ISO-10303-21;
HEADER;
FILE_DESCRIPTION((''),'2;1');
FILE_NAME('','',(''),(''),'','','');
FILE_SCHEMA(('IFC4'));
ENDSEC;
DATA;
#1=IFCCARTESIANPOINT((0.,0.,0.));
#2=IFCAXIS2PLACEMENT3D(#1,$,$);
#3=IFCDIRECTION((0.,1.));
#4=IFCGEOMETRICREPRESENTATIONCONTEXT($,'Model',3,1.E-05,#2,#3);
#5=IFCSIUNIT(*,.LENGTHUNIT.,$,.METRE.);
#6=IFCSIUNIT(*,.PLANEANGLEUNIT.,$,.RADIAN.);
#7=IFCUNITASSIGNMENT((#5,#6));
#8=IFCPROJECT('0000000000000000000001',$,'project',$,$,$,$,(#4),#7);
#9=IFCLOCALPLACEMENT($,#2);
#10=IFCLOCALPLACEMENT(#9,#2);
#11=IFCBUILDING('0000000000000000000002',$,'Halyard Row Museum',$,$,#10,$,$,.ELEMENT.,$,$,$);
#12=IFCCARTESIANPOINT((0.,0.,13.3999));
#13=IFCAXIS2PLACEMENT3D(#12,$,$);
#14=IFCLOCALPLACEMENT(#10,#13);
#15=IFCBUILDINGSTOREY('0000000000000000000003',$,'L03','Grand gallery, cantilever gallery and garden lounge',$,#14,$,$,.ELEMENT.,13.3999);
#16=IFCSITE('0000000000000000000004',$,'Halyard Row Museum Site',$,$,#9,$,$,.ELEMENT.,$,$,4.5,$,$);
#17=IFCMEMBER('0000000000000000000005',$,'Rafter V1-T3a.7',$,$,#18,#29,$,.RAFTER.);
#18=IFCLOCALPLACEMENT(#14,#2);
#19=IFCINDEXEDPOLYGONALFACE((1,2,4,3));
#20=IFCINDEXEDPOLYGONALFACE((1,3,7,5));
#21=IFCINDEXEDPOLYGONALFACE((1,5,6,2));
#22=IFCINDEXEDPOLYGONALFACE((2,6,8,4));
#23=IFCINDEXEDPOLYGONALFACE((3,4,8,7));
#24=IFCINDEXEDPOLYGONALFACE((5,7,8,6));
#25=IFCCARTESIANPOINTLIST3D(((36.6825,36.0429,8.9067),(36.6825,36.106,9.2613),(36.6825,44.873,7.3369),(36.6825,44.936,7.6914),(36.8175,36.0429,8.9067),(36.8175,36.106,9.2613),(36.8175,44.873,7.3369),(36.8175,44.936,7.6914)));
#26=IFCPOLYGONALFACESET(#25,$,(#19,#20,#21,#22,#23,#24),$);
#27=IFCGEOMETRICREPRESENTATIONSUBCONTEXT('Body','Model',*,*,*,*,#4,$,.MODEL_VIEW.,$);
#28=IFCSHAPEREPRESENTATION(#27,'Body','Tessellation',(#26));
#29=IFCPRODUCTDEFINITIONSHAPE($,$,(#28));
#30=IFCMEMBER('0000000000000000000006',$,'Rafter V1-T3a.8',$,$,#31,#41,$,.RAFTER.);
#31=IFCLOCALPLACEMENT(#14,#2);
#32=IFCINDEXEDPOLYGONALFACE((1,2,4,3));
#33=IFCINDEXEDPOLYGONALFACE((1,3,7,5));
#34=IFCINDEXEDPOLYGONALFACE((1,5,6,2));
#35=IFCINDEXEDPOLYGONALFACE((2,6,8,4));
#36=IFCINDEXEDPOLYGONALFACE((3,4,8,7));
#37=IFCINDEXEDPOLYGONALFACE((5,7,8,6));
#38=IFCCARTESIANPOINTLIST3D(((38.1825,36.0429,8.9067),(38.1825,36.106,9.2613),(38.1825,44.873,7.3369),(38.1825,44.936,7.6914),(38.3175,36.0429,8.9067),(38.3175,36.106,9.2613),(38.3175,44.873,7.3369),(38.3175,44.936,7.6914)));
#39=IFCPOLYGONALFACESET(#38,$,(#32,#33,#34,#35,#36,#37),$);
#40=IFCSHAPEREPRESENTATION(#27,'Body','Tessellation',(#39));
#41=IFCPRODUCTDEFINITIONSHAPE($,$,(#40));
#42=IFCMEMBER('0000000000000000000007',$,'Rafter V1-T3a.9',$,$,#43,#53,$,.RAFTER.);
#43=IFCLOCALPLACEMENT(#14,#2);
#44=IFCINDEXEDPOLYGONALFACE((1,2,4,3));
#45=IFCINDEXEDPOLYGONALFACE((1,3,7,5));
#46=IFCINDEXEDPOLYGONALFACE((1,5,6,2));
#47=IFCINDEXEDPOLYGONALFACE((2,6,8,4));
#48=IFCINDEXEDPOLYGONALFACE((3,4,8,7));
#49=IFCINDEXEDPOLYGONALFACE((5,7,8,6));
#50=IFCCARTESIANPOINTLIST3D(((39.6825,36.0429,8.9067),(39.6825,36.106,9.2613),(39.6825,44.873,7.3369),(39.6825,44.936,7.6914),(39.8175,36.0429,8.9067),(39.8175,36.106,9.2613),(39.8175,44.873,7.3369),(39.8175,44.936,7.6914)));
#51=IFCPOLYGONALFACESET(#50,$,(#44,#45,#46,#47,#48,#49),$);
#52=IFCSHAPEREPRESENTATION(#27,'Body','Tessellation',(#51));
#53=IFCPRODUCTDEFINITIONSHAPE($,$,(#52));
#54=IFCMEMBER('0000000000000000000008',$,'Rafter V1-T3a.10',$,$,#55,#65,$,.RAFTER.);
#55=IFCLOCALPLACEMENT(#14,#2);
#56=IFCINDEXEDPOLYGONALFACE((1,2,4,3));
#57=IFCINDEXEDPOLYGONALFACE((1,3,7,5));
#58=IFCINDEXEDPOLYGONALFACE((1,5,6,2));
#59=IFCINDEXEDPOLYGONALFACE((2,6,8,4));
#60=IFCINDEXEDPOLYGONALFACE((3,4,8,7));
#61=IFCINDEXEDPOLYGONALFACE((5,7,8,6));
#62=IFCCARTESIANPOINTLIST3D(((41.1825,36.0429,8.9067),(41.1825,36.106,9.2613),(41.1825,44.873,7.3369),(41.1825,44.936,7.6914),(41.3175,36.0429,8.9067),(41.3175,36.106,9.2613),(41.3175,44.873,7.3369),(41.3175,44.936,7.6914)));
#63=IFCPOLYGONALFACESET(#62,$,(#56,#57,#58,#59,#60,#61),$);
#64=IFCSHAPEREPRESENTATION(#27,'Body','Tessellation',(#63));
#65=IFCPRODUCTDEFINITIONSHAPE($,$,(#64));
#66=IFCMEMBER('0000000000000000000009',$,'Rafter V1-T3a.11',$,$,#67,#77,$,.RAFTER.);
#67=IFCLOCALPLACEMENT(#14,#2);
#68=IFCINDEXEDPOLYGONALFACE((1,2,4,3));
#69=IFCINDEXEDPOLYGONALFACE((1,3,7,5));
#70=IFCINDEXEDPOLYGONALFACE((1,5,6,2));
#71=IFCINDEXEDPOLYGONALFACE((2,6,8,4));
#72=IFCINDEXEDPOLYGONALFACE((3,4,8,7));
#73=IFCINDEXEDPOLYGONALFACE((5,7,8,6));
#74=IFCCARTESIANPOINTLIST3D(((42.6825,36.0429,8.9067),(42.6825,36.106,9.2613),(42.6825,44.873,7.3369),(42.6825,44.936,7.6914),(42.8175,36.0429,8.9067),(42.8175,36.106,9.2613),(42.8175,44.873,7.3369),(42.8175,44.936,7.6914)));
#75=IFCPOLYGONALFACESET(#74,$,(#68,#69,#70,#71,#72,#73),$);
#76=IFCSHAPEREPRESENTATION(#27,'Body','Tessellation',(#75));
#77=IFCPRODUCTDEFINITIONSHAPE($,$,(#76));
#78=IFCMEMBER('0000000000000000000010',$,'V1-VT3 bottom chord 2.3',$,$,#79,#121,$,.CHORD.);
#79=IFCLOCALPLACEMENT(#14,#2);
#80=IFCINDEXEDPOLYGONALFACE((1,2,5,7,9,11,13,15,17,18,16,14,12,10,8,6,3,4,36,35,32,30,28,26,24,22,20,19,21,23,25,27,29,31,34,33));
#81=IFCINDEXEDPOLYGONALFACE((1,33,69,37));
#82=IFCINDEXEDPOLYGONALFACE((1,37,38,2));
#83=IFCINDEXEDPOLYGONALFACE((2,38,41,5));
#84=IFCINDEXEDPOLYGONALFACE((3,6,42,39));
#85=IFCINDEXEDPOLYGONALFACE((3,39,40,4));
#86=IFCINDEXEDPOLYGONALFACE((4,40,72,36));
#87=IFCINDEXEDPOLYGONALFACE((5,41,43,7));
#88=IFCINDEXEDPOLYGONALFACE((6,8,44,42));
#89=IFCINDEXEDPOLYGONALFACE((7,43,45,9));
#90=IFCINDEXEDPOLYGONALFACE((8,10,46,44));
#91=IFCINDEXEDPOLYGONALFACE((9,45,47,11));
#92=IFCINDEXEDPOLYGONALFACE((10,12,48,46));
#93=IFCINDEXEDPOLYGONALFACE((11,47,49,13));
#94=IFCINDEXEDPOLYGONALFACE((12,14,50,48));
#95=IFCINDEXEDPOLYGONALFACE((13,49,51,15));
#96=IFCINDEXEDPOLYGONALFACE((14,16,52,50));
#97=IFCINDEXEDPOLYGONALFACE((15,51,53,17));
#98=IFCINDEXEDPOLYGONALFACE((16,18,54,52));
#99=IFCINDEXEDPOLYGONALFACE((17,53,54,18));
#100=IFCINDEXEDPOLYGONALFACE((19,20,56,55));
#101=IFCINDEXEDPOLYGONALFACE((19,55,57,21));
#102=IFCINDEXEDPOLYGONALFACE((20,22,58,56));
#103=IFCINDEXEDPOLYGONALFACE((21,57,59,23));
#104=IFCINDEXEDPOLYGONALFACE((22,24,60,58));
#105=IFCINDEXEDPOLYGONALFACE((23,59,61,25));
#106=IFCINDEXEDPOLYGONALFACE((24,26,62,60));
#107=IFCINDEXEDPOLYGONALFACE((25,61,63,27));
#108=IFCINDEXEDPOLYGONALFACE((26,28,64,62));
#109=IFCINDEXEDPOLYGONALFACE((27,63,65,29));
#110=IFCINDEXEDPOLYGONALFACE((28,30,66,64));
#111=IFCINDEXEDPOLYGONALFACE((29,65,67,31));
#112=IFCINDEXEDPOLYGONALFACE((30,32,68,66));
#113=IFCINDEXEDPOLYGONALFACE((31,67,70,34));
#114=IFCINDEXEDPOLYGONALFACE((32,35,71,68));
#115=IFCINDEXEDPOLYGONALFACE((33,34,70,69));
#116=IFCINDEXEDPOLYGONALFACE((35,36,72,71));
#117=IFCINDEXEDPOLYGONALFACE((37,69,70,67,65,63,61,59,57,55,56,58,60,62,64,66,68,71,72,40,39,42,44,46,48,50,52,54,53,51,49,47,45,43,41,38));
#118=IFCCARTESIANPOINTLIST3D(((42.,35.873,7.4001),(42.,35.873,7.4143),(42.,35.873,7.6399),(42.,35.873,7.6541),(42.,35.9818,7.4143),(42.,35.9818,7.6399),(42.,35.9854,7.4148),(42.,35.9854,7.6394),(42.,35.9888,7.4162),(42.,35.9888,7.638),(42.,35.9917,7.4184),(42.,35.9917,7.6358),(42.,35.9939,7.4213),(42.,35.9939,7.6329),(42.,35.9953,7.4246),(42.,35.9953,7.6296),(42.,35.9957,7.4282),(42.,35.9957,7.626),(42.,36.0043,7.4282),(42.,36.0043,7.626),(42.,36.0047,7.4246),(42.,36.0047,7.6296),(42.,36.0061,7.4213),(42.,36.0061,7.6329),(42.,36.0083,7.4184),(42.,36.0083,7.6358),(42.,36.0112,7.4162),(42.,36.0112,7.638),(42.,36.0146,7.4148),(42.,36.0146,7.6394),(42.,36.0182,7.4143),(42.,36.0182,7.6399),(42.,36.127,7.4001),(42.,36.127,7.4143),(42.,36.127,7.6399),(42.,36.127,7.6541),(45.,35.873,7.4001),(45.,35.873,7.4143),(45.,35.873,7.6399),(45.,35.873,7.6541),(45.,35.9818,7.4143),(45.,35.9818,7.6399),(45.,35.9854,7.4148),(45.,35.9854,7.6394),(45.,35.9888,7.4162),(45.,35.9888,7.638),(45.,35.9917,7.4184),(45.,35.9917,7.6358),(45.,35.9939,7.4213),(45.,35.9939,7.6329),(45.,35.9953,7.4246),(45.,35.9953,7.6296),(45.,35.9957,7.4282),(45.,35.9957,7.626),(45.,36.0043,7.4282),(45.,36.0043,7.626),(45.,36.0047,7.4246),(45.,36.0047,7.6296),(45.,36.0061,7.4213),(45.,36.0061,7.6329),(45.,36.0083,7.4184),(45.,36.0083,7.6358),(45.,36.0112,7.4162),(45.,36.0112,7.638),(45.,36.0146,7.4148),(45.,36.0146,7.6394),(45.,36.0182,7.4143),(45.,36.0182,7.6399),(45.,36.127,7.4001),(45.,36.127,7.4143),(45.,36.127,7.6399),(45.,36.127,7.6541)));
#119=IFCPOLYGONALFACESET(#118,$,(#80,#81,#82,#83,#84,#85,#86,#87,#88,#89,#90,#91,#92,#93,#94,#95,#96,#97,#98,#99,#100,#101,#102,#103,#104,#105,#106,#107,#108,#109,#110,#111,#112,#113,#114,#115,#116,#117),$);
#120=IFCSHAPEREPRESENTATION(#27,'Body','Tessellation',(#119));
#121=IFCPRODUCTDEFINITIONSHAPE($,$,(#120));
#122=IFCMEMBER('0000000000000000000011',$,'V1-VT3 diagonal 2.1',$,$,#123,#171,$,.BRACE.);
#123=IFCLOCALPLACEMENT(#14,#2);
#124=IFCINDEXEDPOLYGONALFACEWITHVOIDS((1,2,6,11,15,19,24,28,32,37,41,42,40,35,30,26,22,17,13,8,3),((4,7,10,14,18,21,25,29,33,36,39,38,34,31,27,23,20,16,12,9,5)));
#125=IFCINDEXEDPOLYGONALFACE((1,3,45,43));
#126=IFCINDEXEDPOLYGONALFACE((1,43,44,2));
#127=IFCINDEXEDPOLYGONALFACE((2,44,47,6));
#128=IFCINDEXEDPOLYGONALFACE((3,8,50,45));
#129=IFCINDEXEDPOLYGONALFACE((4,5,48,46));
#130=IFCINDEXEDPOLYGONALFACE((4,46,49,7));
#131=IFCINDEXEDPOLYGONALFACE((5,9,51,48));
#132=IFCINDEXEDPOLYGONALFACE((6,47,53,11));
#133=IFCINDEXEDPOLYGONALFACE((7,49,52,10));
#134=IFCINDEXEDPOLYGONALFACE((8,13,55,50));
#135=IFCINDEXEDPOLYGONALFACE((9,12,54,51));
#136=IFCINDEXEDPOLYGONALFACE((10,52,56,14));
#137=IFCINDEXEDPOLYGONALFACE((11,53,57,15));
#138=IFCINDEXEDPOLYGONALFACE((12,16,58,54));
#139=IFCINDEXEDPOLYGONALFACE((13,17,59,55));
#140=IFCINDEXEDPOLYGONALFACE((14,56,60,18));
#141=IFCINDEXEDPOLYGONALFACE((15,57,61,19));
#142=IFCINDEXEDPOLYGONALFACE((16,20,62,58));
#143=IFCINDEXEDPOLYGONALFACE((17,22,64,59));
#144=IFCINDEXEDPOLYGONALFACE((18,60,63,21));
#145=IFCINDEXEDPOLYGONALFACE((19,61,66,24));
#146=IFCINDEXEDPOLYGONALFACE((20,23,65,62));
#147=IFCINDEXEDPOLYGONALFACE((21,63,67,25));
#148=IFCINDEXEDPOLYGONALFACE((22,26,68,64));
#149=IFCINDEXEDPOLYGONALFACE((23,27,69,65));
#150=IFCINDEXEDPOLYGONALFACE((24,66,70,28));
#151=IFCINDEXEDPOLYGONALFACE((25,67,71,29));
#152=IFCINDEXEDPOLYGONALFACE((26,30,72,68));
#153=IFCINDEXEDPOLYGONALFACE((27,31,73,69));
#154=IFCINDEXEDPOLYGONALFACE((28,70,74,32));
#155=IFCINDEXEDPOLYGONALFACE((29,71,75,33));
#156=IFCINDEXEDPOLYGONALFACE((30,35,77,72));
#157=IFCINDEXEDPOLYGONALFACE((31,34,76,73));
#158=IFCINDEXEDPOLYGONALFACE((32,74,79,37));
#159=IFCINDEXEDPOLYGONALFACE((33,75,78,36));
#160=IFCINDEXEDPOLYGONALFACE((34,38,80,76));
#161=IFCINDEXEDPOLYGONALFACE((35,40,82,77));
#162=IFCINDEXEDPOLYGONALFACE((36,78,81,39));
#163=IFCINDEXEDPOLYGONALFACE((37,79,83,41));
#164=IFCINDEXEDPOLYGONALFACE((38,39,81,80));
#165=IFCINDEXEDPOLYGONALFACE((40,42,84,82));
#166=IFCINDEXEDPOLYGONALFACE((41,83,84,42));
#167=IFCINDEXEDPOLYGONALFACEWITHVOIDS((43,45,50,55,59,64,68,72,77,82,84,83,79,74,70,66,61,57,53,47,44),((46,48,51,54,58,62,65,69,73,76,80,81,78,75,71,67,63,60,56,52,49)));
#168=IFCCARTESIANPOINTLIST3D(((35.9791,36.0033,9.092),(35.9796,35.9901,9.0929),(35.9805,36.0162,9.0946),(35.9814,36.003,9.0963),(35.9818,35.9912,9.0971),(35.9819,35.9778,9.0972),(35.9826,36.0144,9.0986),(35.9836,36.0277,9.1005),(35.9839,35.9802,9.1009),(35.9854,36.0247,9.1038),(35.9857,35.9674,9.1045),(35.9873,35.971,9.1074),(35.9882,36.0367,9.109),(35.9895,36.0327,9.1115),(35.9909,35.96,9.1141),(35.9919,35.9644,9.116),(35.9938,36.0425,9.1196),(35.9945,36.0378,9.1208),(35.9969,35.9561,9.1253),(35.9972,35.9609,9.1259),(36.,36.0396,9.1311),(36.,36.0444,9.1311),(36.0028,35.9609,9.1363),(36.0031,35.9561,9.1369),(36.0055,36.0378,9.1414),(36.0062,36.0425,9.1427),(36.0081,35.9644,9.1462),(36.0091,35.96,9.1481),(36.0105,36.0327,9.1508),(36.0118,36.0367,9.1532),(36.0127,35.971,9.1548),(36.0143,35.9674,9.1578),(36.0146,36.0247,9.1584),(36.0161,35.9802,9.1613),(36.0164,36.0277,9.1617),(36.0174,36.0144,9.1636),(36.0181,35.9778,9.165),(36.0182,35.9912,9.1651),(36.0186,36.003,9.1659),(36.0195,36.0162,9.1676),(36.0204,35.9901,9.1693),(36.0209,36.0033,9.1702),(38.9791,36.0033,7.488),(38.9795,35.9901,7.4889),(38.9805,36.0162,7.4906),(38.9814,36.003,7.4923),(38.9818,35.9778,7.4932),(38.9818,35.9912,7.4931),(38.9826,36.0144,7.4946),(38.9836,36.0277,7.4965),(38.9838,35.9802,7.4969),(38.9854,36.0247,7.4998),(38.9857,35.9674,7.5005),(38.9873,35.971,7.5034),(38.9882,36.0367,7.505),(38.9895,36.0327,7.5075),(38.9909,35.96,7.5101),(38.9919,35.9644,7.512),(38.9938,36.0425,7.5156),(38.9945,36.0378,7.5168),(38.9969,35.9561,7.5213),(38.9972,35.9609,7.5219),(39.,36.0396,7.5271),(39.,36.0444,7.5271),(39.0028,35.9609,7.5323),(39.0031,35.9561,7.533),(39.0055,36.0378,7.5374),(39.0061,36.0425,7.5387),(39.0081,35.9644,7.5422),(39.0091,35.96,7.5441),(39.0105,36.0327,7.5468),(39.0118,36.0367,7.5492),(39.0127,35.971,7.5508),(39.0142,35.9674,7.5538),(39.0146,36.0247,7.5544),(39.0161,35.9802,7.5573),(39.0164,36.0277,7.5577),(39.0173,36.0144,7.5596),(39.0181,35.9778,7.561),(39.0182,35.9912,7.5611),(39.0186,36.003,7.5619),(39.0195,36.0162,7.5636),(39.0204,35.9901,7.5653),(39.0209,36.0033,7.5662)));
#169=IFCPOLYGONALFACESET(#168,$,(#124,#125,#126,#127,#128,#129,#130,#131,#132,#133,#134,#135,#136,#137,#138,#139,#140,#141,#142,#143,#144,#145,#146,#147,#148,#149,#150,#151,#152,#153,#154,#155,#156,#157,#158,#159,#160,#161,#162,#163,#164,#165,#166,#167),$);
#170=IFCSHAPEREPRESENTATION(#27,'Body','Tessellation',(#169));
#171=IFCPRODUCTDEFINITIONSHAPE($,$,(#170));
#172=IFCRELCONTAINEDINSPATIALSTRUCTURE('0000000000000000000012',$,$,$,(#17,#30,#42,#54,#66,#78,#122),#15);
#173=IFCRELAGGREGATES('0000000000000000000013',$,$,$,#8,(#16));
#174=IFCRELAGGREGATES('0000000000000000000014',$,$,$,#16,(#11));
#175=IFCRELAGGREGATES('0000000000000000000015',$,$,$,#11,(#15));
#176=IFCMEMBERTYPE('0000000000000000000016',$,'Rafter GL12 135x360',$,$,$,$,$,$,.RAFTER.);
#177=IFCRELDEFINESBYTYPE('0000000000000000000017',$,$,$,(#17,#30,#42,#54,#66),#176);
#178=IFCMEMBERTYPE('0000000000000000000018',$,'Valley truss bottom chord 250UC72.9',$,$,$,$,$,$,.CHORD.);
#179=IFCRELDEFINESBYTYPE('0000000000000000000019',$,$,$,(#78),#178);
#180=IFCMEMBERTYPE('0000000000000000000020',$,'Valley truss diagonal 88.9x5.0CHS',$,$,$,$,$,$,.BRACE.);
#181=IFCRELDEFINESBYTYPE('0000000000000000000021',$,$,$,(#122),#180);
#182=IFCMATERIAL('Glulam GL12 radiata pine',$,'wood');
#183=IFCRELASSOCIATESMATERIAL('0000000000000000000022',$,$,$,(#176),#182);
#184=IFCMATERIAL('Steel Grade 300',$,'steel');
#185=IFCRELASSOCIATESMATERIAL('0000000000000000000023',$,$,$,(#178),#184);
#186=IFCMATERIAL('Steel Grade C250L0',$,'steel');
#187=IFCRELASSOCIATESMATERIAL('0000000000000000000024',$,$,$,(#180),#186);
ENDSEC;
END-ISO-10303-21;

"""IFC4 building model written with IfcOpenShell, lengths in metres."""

from ifc_helpers import new_model, si_unit, direction, frame, origin, origin_2d, place, context, subcontext, project, spatial, rectangle, hollow_circle, i_section, extrude, material, material_profile, profile_set, type_object, element, save


model = new_model("IFC4")

# Units and contexts
model_context = context("Model", 3, precision=1e-05, world=origin(), true_north=direction((0.0, 1.0)))
body_context = subcontext(model_context, "Body", "Model", "MODEL_VIEW")
ifc_project = project(units=[si_unit("LENGTHUNIT", "METRE"), si_unit("PLANEANGLEUNIT", "RADIAN")], contexts=[model_context])

# Site, building, storey
site_placement = place(None, origin())
site = spatial("IfcSite", under=ifc_project, at=site_placement, Name="Halyard Row Museum Site", CompositionType="ELEMENT", RefElevation=4.5)
building_placement = place(site_placement, origin())
building = spatial("IfcBuilding", under=site, at=building_placement, Name="Halyard Row Museum", CompositionType="ELEMENT")
storey_placement = place(building_placement, frame((0.0, 0.0, 13.3999)))
storey = spatial("IfcBuildingStorey", under=building, at=storey_placement, Name="L03", Description="Grand gallery, cantilever gallery and garden lounge", CompositionType="ELEMENT", Elevation=13.3999)

# Members
ifc_material_1 = material(Name="Glulam GL12 radiata pine", Category="wood")
ifc_material_profile_1 = material_profile(ifc_material_1, rectangle(XDim=0.135, YDim=0.3601, at=origin_2d()), Name="GL12 135x360")
ifc_profile_set_1 = profile_set([ifc_material_profile_1], Name="Glulam GL12 radiata pine")
member_type_1 = type_object("IfcMemberType", Name="Rafter GL12 135x360", PredefinedType="RAFTER", material=ifc_profile_set_1)
for number, where, z_axis, x_axis, name in (
    (1, (36.75, 36.0745, 9.084), (0.0, 0.984562, -0.175037), (-1.0, 0.0, 0.0), "Rafter V1-T3a.7"),
    (2, (38.25, 36.0745, 9.084), (0.0, 0.984562, -0.175037), (-1.0, 0.0, 0.0), "Rafter V1-T3a.8"),
    (3, (39.75, 36.0745, 9.084), (0.0, 0.984562, -0.175037), (-1.0, 0.0, 0.0), "Rafter V1-T3a.9"),
    (4, (41.25, 36.0745, 9.084), (0.0, 0.984562, -0.175037), (-1.0, 0.0, 0.0), "Rafter V1-T3a.10"),
    (5, (42.75, 36.0745, 9.084), (0.0, 0.984562, -0.175037), (-1.0, 0.0, 0.0), "Rafter V1-T3a.11"),
):
    element("IfcMember", number, at=place(storey_placement, frame(where, z_axis=z_axis, x_axis=x_axis)), inside=storey, type_object=member_type_1, Name=name, PredefinedType="RAFTER", context=body_context, shape_type="SweptSolid", body=[
        extrude(rectangle(XDim=0.135, YDim=0.3601, at=origin_2d()), origin(), (0.0, 0.0, 1.0), 8.9685),
    ])
ifc_material_2 = material(Name="Steel Grade 300", Category="steel")
ifc_material_profile_2 = material_profile(ifc_material_2, i_section(OverallWidth=0.2539, OverallDepth=0.2539, WebThickness=0.0085, FlangeThickness=0.0142, FilletRadius=0.0139, at=origin_2d()), Name="250UC72.9")
ifc_profile_set_2 = profile_set([ifc_material_profile_2], Name="Steel Grade 300")
member_type_2 = type_object("IfcMemberType", Name="Valley truss bottom chord 250UC72.9", PredefinedType="CHORD", material=ifc_profile_set_2)
member_placement = place(storey_placement, frame((42.0, 36.0, 7.5271), z_axis=(1.0, 0.0, 0.0), x_axis=(0.0, 1.0, 0.0)))
element("IfcMember", 6, at=member_placement, inside=storey, type_object=member_type_2, Name="V1-VT3 bottom chord 2.3", PredefinedType="CHORD", context=body_context, shape_type="SweptSolid", body=[
    extrude(i_section(OverallWidth=0.2539, OverallDepth=0.2539, WebThickness=0.0085, FlangeThickness=0.0142, FilletRadius=0.0139, at=origin_2d()), origin(), (0.0, 0.0, 1.0), 3.0),
])
ifc_material_3 = material(Name="Steel Grade C250L0", Category="steel")
ifc_material_profile_3 = material_profile(ifc_material_3, hollow_circle(Radius=0.0444, WallThickness=0.0049, at=origin_2d()), Name="88.9x5.0CHS")
ifc_profile_set_3 = profile_set([ifc_material_profile_3], Name="Steel Grade C250L0")
member_type_3 = type_object("IfcMemberType", Name="Valley truss diagonal 88.9x5.0CHS", PredefinedType="BRACE", material=ifc_profile_set_3)
for number, where, z_axis, x_axis, name in (
    (7, (36.0, 36.0, 9.1311), (0.881864, 0.0, -0.471504), (0.0, 1.0, 0.0), "V1-VT3 diagonal 2.1"),
):
    element("IfcMember", number, at=place(storey_placement, frame(where, z_axis=z_axis, x_axis=x_axis)), inside=storey, type_object=member_type_3, Name=name, PredefinedType="BRACE", context=body_context, shape_type="SweptSolid", body=[
        extrude(hollow_circle(Radius=0.0444, WallThickness=0.0049, at=origin_2d()), origin(), (0.0, 0.0, 1.0), 3.4019),
    ])

save(model, "model.ifc")
